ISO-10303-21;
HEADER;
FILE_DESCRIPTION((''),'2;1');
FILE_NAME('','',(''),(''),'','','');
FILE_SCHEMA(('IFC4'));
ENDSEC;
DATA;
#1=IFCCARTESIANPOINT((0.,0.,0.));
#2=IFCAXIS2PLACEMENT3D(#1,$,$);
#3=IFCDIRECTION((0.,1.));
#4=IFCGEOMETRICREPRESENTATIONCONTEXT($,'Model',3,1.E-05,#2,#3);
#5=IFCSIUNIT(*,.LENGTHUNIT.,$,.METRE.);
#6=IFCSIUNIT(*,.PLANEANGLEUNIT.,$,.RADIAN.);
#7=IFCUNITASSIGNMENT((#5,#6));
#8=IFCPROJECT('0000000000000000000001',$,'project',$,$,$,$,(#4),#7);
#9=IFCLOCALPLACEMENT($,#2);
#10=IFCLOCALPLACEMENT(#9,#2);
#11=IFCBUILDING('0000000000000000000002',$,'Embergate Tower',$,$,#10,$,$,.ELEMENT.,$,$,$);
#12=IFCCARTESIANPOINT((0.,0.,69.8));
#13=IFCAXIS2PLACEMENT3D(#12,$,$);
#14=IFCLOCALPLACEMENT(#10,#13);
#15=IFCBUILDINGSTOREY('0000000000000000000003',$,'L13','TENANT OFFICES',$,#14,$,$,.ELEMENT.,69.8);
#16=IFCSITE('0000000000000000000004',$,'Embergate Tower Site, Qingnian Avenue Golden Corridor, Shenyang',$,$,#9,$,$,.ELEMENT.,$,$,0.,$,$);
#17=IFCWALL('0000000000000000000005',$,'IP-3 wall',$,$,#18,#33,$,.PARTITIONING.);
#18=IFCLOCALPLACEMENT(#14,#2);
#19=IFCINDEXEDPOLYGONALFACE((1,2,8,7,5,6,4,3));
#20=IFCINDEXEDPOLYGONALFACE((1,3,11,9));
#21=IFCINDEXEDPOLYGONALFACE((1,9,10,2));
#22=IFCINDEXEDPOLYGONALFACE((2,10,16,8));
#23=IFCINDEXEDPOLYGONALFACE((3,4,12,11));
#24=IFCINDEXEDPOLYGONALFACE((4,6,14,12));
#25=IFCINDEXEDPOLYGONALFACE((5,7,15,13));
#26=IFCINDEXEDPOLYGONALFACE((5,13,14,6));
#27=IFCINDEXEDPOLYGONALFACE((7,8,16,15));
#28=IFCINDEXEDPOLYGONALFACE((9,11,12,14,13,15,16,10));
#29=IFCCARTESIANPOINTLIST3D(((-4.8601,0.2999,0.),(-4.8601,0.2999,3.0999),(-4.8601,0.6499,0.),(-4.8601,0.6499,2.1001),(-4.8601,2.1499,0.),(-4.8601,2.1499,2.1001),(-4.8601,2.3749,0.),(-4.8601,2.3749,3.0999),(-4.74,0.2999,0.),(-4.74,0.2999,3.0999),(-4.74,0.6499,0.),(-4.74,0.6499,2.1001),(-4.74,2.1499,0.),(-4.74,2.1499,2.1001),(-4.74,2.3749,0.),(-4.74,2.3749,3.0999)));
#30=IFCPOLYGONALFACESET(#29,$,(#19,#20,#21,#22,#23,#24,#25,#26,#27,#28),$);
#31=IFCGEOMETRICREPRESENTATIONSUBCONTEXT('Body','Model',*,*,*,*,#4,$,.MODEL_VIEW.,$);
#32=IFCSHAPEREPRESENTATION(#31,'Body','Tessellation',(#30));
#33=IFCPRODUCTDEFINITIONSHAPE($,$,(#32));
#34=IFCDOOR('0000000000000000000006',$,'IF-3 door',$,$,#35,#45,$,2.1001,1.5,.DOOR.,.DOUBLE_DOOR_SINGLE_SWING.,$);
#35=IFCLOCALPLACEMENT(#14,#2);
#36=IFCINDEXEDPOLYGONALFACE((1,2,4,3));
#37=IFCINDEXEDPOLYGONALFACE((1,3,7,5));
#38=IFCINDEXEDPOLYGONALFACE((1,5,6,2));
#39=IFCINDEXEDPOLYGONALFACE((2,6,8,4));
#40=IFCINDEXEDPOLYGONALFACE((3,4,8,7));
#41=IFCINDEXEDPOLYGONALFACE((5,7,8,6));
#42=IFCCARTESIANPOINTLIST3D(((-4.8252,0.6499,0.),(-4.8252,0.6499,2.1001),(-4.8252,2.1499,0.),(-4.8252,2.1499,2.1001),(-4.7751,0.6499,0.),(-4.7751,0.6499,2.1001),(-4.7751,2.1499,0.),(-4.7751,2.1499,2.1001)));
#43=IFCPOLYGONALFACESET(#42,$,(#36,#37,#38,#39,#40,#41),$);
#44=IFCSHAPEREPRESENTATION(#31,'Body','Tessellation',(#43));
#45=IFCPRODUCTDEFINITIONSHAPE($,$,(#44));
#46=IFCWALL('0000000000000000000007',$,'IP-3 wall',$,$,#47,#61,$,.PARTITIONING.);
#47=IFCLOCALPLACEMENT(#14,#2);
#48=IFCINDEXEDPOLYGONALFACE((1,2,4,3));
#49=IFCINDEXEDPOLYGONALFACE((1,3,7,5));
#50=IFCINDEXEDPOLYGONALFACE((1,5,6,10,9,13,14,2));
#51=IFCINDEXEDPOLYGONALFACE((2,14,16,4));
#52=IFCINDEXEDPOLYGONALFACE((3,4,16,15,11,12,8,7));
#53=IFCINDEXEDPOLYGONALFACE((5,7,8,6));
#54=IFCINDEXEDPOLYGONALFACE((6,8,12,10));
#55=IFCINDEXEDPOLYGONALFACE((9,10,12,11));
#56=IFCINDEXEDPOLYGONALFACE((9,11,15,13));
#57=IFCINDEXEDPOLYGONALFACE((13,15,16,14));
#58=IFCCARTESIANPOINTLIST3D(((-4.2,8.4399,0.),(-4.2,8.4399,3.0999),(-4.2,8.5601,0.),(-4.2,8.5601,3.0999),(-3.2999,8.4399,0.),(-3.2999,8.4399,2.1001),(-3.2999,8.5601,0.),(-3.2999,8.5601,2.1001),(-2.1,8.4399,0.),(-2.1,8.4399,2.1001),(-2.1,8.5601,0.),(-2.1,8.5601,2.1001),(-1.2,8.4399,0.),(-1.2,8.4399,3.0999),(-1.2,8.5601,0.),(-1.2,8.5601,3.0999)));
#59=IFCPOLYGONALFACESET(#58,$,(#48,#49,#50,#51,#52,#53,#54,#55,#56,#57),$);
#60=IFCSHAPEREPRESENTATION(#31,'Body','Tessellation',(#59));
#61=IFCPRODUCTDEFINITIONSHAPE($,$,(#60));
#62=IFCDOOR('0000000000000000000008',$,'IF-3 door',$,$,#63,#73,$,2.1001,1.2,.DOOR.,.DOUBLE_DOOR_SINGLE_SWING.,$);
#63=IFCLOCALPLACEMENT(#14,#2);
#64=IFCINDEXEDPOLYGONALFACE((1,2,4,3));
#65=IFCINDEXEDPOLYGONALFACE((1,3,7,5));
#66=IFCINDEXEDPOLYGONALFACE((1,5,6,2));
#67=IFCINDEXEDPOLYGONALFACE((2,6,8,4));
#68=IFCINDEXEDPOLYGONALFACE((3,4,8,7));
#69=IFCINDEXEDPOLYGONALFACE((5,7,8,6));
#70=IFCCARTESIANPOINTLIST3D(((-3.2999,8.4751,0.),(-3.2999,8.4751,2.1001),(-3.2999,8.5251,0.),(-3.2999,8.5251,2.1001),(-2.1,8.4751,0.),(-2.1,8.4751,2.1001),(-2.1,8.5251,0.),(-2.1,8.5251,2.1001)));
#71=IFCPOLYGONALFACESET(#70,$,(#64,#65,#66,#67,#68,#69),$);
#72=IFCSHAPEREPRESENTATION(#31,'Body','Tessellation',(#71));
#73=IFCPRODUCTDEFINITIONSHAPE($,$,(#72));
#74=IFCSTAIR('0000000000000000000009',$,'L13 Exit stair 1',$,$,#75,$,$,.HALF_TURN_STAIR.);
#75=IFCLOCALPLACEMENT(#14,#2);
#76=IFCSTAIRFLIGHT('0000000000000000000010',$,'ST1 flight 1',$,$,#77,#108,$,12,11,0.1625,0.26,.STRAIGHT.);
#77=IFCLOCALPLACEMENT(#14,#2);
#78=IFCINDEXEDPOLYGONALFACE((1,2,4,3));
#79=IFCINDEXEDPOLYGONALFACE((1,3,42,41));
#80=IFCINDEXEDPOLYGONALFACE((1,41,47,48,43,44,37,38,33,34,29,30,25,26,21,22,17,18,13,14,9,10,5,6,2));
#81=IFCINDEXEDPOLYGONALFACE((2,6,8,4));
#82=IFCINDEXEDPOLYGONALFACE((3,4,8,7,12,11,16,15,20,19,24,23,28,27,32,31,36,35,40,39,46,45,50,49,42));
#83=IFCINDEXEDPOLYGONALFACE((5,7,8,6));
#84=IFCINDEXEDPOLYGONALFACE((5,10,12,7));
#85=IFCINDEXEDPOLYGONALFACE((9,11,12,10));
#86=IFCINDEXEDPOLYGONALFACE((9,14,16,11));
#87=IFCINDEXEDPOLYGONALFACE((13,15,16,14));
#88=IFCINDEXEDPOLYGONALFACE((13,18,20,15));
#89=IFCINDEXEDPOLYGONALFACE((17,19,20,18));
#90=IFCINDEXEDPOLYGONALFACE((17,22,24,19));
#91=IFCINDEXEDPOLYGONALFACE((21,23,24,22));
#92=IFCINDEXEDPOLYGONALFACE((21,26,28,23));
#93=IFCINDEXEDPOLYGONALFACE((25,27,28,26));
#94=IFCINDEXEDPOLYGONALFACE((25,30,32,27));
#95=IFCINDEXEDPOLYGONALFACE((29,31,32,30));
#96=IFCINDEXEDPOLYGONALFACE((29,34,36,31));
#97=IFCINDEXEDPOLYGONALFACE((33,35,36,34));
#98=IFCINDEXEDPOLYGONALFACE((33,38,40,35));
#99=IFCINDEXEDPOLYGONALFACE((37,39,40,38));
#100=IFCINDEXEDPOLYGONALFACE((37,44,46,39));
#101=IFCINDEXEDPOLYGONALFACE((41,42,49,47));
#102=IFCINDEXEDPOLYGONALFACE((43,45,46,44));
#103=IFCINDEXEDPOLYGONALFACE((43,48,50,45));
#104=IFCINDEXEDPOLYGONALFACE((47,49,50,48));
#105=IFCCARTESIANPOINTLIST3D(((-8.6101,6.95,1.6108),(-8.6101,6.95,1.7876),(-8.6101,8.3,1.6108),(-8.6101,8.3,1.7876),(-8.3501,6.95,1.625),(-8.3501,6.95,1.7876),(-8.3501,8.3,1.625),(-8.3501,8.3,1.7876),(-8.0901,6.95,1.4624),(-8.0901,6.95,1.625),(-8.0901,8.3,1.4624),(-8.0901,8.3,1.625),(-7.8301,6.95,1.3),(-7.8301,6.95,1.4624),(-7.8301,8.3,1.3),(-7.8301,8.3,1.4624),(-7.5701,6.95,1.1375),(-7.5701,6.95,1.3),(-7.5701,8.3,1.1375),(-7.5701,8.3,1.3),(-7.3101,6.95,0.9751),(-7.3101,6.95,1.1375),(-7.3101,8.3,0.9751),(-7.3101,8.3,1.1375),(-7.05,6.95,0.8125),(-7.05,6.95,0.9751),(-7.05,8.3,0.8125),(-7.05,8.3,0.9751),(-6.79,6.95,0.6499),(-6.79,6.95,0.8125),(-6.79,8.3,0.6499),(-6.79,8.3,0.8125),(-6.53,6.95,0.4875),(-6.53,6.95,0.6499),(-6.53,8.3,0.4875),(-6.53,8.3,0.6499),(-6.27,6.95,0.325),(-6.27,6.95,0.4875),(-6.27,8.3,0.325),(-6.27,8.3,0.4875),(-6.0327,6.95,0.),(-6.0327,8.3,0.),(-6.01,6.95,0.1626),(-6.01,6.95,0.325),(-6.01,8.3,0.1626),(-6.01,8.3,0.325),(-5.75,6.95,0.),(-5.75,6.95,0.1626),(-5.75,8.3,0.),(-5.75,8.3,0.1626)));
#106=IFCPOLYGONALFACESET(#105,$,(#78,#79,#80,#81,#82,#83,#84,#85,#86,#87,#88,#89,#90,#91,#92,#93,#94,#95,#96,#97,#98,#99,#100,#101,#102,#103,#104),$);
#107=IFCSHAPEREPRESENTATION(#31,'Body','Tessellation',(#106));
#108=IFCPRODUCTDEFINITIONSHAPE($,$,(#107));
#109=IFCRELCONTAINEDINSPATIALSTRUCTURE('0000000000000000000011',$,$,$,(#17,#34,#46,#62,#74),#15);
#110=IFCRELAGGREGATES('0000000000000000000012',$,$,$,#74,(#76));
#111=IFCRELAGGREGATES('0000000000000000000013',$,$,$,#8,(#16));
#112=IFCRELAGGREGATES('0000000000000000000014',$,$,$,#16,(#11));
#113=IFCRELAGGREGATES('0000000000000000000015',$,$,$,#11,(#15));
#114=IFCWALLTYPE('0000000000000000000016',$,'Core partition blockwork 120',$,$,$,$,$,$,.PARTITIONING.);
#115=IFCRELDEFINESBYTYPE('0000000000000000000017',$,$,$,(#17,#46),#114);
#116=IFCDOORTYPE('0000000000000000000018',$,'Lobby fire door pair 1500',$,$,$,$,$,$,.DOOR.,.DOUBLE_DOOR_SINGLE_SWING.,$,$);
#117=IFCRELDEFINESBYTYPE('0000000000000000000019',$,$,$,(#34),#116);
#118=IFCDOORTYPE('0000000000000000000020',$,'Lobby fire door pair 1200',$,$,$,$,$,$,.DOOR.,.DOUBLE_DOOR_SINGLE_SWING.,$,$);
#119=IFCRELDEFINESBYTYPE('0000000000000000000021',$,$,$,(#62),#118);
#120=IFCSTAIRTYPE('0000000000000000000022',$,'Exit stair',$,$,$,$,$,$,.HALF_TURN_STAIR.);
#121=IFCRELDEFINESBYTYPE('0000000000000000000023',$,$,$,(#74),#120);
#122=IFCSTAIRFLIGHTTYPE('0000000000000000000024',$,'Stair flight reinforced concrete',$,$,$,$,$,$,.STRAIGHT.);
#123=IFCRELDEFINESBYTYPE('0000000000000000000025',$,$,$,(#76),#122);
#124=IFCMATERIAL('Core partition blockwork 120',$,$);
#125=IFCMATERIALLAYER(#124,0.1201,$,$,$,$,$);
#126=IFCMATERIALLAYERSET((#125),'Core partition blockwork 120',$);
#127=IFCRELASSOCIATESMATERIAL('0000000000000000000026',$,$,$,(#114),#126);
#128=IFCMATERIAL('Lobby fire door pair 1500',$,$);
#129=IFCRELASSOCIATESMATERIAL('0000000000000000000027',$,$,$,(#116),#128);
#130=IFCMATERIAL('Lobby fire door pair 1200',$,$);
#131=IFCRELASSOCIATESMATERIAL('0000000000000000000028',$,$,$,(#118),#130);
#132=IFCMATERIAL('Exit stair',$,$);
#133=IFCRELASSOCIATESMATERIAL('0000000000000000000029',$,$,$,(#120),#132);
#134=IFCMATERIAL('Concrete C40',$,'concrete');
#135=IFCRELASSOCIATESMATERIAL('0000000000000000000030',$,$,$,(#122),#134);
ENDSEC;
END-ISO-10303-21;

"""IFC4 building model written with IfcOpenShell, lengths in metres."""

from ifc_helpers import new_model, si_unit, direction, frame, frame_2d, origin, place, context, subcontext, project, spatial, polyline, rectangle, outline, extrude, source, transform, mapped, material, layer, layer_set, type_object, element, fill, aggregate, save


model = new_model("IFC4")

# Units and contexts
model_context = context("Model", 3, precision=1e-05, world=origin(), true_north=direction((0.0, 1.0)))
body_context = subcontext(model_context, "Body", "Model", "MODEL_VIEW")
ifc_project = project(units=[si_unit("LENGTHUNIT", "METRE"), si_unit("PLANEANGLEUNIT", "RADIAN")], contexts=[model_context])

# Site, building, storey
site_placement = place(None, origin())
site = spatial("IfcSite", under=ifc_project, at=site_placement, Name="Embergate Tower Site, Qingnian Avenue Golden Corridor, Shenyang", CompositionType="ELEMENT", RefElevation=0.0)
building_placement = place(site_placement, origin())
building = spatial("IfcBuilding", under=site, at=building_placement, Name="Embergate Tower", CompositionType="ELEMENT")
storey_placement = place(building_placement, frame((0.0, 0.0, 69.8)))
storey = spatial("IfcBuildingStorey", under=building, at=storey_placement, Name="L13", Description="TENANT OFFICES", CompositionType="ELEMENT", Elevation=69.8)

# Walls, openings, doors
shared_shape_1 = source(origin(), body_context, "Body", "SweptSolid", [
    extrude(rectangle(XDim=1.2, YDim=2.1001, at=frame_2d((0.6001, 1.05))), frame((0.0, 0.0249, 0.0), z_axis=(0.0, -1.0, 0.0), x_axis=(1.0, 0.0, 0.0)), (0.0, 0.0, 1.0), 0.05),
])
ifc_material_1 = material(Name="Core partition blockwork 120")
ifc_layer_1 = layer(ifc_material_1, 0.1201)
ifc_layer_set_1 = layer_set([ifc_layer_1], Name="Core partition blockwork 120")
wall_type_1 = type_object("IfcWallType", Name="Core partition blockwork 120", PredefinedType="PARTITIONING", material=ifc_layer_set_1)
shared_shape_2 = source(origin(), body_context, "Body", "SweptSolid", [
    extrude(rectangle(XDim=2.075, YDim=0.1201, at=frame_2d((1.0376, 0.0))), origin(), (0.0, 0.0, 1.0), 3.0999),
])
wall_1_placement = place(storey_placement, frame((-4.8, 2.375, 0.0), z_axis=(0.0, 0.0, 1.0), x_axis=(0.0, -1.0, 0.0)))
wall_1 = element("IfcWall", 1, at=wall_1_placement, inside=storey, type_object=wall_type_1, Name="IP-3 wall", PredefinedType="PARTITIONING", context=body_context, shape_type="MappedRepresentation", body=[
    mapped(shared_shape_2, transform((0.0, 0.0, 0.0))),
])
shared_shape_3 = source(origin(), body_context, "Body", "SweptSolid", [
    extrude(rectangle(XDim=1.5, YDim=2.1001, at=frame_2d((0.75, 1.05))), frame((0.0, 0.0701, 0.0), z_axis=(0.0, -1.0, 0.0), x_axis=(1.0, 0.0, 0.0)), (0.0, 0.0, 1.0), 0.1401),
])
opening_1_placement = place(wall_1_placement, frame((0.2251, 0.0, 0.0)))
opening_1 = element("IfcOpeningElement", 2, at=opening_1_placement, cuts=wall_1, PredefinedType="OPENING", context=body_context, shape_type="MappedRepresentation", body=[
    mapped(shared_shape_3, transform((0.0, 0.0, 0.0))),
])
ifc_material_2 = material(Name="Lobby fire door pair 1500")
door_type_1 = type_object("IfcDoorType", Name="Lobby fire door pair 1500", OperationType="DOUBLE_DOOR_SINGLE_SWING", PredefinedType="DOOR", material=ifc_material_2)
shared_shape_4 = source(origin(), body_context, "Body", "SweptSolid", [
    extrude(rectangle(XDim=1.5, YDim=2.1001, at=frame_2d((0.75, 1.05))), frame((0.0, 0.0249, 0.0), z_axis=(0.0, -1.0, 0.0), x_axis=(1.0, 0.0, 0.0)), (0.0, 0.0, 1.0), 0.05),
])
door_1_placement = place(opening_1_placement, origin())
door_1 = element("IfcDoor", 3, at=door_1_placement, inside=storey, type_object=door_type_1, Name="IF-3 door", OperationType="DOUBLE_DOOR_SINGLE_SWING", OverallHeight=2.1001, OverallWidth=1.5, PredefinedType="DOOR", context=body_context, shape_type="MappedRepresentation", body=[
    mapped(shared_shape_4, transform((0.0, 0.0, 0.0))),
])
fill(opening_1, door_1)
shared_shape_5 = source(origin(), body_context, "Body", "SweptSolid", [
    extrude(rectangle(XDim=3.0, YDim=0.1201, at=frame_2d((1.5, 0.0))), origin(), (0.0, 0.0, 1.0), 3.0999),
])
wall_2_placement = place(storey_placement, frame((-1.2, 8.5, 0.0), z_axis=(0.0, 0.0, 1.0), x_axis=(-1.0, 0.0, 0.0)))
wall_2 = element("IfcWall", 4, at=wall_2_placement, inside=storey, type_object=wall_type_1, Name="IP-3 wall", PredefinedType="PARTITIONING", context=body_context, shape_type="MappedRepresentation", body=[
    mapped(shared_shape_5, transform((0.0, 0.0, 0.0))),
])
shared_shape_6 = source(origin(), body_context, "Body", "SweptSolid", [
    extrude(rectangle(XDim=1.2, YDim=2.1001, at=frame_2d((0.6001, 1.05))), frame((0.0, 0.0701, 0.0), z_axis=(0.0, -1.0, 0.0), x_axis=(1.0, 0.0, 0.0)), (0.0, 0.0, 1.0), 0.1401),
])
opening_2_placement = place(wall_2_placement, frame((0.8999, 0.0, 0.0)))
opening_2 = element("IfcOpeningElement", 5, at=opening_2_placement, cuts=wall_2, PredefinedType="OPENING", context=body_context, shape_type="MappedRepresentation", body=[
    mapped(shared_shape_6, transform((0.0, 0.0, 0.0))),
])
ifc_material_3 = material(Name="Lobby fire door pair 1200")
door_type_2 = type_object("IfcDoorType", Name="Lobby fire door pair 1200", OperationType="DOUBLE_DOOR_SINGLE_SWING", PredefinedType="DOOR", material=ifc_material_3)
door_2_placement = place(opening_2_placement, origin())
door_2 = element("IfcDoor", 6, at=door_2_placement, inside=storey, type_object=door_type_2, Name="IF-3 door", OperationType="DOUBLE_DOOR_SINGLE_SWING", OverallHeight=2.1001, OverallWidth=1.2, PredefinedType="DOOR", context=body_context, shape_type="MappedRepresentation", body=[
    mapped(shared_shape_1, transform((0.0, 0.0, 0.0))),
])
fill(opening_2, door_2)

# Stair, stair flight
ifc_material_4 = material(Name="Exit stair")
stair_type = type_object("IfcStairType", Name="Exit stair", PredefinedType="HALF_TURN_STAIR", material=ifc_material_4)
stair_placement = place(storey_placement, origin())
stair = element("IfcStair", 7, at=stair_placement, inside=storey, type_object=stair_type, Name="L13 Exit stair 1", PredefinedType="HALF_TURN_STAIR")
ifc_material_5 = material(Name="Concrete C40", Category="concrete")
stair_flight_type = type_object("IfcStairFlightType", Name="Stair flight reinforced concrete", PredefinedType="STRAIGHT", material=ifc_material_5)
shared_shape_7 = source(origin(), body_context, "Body", "SweptSolid", [
    extrude(outline(polyline([(0.0, 0.0), (0.0, 0.1626), (0.26, 0.1626), (0.26, 0.325), (0.52, 0.325), (0.52, 0.4875), (0.78, 0.4875), (0.78, 0.6499), (1.04, 0.6499), (1.04, 0.8125), (1.3, 0.8125), (1.3, 0.9751), (1.5601, 0.9751), (1.5601, 1.1375), (1.8201, 1.1375), (1.8201, 1.3), (2.0801, 1.3), (2.0801, 1.4624), (2.3401, 1.4624), (2.3401, 1.625), (2.6001, 1.625), (2.6001, 1.7876), (2.8601, 1.7876), (2.8601, 1.95), (2.8601, 1.6108), (0.2827, 0.0), (0.0, 0.0)])), frame((0.0, 0.675, 0.0), z_axis=(0.0, -1.0, 0.0), x_axis=(1.0, 0.0, 0.0)), (0.0, 0.0, 1.0), 1.3501),
])
stair_flight_placement = place(storey_placement, frame((-5.75, 7.625, 0.0), z_axis=(0.0, 0.0, 1.0), x_axis=(-1.0, 0.0, 0.0)))
stair_flight = element("IfcStairFlight", 8, at=stair_flight_placement, type_object=stair_flight_type, Name="ST1 flight 1", NumberOfRisers=12, NumberOfTreads=11, PredefinedType="STRAIGHT", RiserHeight=0.1625, TreadLength=0.26, context=body_context, shape_type="MappedRepresentation", body=[
    mapped(shared_shape_7, transform((0.0, 0.0, 0.0))),
])
aggregate(stair, [stair_flight])

save(model, "model.ifc")
